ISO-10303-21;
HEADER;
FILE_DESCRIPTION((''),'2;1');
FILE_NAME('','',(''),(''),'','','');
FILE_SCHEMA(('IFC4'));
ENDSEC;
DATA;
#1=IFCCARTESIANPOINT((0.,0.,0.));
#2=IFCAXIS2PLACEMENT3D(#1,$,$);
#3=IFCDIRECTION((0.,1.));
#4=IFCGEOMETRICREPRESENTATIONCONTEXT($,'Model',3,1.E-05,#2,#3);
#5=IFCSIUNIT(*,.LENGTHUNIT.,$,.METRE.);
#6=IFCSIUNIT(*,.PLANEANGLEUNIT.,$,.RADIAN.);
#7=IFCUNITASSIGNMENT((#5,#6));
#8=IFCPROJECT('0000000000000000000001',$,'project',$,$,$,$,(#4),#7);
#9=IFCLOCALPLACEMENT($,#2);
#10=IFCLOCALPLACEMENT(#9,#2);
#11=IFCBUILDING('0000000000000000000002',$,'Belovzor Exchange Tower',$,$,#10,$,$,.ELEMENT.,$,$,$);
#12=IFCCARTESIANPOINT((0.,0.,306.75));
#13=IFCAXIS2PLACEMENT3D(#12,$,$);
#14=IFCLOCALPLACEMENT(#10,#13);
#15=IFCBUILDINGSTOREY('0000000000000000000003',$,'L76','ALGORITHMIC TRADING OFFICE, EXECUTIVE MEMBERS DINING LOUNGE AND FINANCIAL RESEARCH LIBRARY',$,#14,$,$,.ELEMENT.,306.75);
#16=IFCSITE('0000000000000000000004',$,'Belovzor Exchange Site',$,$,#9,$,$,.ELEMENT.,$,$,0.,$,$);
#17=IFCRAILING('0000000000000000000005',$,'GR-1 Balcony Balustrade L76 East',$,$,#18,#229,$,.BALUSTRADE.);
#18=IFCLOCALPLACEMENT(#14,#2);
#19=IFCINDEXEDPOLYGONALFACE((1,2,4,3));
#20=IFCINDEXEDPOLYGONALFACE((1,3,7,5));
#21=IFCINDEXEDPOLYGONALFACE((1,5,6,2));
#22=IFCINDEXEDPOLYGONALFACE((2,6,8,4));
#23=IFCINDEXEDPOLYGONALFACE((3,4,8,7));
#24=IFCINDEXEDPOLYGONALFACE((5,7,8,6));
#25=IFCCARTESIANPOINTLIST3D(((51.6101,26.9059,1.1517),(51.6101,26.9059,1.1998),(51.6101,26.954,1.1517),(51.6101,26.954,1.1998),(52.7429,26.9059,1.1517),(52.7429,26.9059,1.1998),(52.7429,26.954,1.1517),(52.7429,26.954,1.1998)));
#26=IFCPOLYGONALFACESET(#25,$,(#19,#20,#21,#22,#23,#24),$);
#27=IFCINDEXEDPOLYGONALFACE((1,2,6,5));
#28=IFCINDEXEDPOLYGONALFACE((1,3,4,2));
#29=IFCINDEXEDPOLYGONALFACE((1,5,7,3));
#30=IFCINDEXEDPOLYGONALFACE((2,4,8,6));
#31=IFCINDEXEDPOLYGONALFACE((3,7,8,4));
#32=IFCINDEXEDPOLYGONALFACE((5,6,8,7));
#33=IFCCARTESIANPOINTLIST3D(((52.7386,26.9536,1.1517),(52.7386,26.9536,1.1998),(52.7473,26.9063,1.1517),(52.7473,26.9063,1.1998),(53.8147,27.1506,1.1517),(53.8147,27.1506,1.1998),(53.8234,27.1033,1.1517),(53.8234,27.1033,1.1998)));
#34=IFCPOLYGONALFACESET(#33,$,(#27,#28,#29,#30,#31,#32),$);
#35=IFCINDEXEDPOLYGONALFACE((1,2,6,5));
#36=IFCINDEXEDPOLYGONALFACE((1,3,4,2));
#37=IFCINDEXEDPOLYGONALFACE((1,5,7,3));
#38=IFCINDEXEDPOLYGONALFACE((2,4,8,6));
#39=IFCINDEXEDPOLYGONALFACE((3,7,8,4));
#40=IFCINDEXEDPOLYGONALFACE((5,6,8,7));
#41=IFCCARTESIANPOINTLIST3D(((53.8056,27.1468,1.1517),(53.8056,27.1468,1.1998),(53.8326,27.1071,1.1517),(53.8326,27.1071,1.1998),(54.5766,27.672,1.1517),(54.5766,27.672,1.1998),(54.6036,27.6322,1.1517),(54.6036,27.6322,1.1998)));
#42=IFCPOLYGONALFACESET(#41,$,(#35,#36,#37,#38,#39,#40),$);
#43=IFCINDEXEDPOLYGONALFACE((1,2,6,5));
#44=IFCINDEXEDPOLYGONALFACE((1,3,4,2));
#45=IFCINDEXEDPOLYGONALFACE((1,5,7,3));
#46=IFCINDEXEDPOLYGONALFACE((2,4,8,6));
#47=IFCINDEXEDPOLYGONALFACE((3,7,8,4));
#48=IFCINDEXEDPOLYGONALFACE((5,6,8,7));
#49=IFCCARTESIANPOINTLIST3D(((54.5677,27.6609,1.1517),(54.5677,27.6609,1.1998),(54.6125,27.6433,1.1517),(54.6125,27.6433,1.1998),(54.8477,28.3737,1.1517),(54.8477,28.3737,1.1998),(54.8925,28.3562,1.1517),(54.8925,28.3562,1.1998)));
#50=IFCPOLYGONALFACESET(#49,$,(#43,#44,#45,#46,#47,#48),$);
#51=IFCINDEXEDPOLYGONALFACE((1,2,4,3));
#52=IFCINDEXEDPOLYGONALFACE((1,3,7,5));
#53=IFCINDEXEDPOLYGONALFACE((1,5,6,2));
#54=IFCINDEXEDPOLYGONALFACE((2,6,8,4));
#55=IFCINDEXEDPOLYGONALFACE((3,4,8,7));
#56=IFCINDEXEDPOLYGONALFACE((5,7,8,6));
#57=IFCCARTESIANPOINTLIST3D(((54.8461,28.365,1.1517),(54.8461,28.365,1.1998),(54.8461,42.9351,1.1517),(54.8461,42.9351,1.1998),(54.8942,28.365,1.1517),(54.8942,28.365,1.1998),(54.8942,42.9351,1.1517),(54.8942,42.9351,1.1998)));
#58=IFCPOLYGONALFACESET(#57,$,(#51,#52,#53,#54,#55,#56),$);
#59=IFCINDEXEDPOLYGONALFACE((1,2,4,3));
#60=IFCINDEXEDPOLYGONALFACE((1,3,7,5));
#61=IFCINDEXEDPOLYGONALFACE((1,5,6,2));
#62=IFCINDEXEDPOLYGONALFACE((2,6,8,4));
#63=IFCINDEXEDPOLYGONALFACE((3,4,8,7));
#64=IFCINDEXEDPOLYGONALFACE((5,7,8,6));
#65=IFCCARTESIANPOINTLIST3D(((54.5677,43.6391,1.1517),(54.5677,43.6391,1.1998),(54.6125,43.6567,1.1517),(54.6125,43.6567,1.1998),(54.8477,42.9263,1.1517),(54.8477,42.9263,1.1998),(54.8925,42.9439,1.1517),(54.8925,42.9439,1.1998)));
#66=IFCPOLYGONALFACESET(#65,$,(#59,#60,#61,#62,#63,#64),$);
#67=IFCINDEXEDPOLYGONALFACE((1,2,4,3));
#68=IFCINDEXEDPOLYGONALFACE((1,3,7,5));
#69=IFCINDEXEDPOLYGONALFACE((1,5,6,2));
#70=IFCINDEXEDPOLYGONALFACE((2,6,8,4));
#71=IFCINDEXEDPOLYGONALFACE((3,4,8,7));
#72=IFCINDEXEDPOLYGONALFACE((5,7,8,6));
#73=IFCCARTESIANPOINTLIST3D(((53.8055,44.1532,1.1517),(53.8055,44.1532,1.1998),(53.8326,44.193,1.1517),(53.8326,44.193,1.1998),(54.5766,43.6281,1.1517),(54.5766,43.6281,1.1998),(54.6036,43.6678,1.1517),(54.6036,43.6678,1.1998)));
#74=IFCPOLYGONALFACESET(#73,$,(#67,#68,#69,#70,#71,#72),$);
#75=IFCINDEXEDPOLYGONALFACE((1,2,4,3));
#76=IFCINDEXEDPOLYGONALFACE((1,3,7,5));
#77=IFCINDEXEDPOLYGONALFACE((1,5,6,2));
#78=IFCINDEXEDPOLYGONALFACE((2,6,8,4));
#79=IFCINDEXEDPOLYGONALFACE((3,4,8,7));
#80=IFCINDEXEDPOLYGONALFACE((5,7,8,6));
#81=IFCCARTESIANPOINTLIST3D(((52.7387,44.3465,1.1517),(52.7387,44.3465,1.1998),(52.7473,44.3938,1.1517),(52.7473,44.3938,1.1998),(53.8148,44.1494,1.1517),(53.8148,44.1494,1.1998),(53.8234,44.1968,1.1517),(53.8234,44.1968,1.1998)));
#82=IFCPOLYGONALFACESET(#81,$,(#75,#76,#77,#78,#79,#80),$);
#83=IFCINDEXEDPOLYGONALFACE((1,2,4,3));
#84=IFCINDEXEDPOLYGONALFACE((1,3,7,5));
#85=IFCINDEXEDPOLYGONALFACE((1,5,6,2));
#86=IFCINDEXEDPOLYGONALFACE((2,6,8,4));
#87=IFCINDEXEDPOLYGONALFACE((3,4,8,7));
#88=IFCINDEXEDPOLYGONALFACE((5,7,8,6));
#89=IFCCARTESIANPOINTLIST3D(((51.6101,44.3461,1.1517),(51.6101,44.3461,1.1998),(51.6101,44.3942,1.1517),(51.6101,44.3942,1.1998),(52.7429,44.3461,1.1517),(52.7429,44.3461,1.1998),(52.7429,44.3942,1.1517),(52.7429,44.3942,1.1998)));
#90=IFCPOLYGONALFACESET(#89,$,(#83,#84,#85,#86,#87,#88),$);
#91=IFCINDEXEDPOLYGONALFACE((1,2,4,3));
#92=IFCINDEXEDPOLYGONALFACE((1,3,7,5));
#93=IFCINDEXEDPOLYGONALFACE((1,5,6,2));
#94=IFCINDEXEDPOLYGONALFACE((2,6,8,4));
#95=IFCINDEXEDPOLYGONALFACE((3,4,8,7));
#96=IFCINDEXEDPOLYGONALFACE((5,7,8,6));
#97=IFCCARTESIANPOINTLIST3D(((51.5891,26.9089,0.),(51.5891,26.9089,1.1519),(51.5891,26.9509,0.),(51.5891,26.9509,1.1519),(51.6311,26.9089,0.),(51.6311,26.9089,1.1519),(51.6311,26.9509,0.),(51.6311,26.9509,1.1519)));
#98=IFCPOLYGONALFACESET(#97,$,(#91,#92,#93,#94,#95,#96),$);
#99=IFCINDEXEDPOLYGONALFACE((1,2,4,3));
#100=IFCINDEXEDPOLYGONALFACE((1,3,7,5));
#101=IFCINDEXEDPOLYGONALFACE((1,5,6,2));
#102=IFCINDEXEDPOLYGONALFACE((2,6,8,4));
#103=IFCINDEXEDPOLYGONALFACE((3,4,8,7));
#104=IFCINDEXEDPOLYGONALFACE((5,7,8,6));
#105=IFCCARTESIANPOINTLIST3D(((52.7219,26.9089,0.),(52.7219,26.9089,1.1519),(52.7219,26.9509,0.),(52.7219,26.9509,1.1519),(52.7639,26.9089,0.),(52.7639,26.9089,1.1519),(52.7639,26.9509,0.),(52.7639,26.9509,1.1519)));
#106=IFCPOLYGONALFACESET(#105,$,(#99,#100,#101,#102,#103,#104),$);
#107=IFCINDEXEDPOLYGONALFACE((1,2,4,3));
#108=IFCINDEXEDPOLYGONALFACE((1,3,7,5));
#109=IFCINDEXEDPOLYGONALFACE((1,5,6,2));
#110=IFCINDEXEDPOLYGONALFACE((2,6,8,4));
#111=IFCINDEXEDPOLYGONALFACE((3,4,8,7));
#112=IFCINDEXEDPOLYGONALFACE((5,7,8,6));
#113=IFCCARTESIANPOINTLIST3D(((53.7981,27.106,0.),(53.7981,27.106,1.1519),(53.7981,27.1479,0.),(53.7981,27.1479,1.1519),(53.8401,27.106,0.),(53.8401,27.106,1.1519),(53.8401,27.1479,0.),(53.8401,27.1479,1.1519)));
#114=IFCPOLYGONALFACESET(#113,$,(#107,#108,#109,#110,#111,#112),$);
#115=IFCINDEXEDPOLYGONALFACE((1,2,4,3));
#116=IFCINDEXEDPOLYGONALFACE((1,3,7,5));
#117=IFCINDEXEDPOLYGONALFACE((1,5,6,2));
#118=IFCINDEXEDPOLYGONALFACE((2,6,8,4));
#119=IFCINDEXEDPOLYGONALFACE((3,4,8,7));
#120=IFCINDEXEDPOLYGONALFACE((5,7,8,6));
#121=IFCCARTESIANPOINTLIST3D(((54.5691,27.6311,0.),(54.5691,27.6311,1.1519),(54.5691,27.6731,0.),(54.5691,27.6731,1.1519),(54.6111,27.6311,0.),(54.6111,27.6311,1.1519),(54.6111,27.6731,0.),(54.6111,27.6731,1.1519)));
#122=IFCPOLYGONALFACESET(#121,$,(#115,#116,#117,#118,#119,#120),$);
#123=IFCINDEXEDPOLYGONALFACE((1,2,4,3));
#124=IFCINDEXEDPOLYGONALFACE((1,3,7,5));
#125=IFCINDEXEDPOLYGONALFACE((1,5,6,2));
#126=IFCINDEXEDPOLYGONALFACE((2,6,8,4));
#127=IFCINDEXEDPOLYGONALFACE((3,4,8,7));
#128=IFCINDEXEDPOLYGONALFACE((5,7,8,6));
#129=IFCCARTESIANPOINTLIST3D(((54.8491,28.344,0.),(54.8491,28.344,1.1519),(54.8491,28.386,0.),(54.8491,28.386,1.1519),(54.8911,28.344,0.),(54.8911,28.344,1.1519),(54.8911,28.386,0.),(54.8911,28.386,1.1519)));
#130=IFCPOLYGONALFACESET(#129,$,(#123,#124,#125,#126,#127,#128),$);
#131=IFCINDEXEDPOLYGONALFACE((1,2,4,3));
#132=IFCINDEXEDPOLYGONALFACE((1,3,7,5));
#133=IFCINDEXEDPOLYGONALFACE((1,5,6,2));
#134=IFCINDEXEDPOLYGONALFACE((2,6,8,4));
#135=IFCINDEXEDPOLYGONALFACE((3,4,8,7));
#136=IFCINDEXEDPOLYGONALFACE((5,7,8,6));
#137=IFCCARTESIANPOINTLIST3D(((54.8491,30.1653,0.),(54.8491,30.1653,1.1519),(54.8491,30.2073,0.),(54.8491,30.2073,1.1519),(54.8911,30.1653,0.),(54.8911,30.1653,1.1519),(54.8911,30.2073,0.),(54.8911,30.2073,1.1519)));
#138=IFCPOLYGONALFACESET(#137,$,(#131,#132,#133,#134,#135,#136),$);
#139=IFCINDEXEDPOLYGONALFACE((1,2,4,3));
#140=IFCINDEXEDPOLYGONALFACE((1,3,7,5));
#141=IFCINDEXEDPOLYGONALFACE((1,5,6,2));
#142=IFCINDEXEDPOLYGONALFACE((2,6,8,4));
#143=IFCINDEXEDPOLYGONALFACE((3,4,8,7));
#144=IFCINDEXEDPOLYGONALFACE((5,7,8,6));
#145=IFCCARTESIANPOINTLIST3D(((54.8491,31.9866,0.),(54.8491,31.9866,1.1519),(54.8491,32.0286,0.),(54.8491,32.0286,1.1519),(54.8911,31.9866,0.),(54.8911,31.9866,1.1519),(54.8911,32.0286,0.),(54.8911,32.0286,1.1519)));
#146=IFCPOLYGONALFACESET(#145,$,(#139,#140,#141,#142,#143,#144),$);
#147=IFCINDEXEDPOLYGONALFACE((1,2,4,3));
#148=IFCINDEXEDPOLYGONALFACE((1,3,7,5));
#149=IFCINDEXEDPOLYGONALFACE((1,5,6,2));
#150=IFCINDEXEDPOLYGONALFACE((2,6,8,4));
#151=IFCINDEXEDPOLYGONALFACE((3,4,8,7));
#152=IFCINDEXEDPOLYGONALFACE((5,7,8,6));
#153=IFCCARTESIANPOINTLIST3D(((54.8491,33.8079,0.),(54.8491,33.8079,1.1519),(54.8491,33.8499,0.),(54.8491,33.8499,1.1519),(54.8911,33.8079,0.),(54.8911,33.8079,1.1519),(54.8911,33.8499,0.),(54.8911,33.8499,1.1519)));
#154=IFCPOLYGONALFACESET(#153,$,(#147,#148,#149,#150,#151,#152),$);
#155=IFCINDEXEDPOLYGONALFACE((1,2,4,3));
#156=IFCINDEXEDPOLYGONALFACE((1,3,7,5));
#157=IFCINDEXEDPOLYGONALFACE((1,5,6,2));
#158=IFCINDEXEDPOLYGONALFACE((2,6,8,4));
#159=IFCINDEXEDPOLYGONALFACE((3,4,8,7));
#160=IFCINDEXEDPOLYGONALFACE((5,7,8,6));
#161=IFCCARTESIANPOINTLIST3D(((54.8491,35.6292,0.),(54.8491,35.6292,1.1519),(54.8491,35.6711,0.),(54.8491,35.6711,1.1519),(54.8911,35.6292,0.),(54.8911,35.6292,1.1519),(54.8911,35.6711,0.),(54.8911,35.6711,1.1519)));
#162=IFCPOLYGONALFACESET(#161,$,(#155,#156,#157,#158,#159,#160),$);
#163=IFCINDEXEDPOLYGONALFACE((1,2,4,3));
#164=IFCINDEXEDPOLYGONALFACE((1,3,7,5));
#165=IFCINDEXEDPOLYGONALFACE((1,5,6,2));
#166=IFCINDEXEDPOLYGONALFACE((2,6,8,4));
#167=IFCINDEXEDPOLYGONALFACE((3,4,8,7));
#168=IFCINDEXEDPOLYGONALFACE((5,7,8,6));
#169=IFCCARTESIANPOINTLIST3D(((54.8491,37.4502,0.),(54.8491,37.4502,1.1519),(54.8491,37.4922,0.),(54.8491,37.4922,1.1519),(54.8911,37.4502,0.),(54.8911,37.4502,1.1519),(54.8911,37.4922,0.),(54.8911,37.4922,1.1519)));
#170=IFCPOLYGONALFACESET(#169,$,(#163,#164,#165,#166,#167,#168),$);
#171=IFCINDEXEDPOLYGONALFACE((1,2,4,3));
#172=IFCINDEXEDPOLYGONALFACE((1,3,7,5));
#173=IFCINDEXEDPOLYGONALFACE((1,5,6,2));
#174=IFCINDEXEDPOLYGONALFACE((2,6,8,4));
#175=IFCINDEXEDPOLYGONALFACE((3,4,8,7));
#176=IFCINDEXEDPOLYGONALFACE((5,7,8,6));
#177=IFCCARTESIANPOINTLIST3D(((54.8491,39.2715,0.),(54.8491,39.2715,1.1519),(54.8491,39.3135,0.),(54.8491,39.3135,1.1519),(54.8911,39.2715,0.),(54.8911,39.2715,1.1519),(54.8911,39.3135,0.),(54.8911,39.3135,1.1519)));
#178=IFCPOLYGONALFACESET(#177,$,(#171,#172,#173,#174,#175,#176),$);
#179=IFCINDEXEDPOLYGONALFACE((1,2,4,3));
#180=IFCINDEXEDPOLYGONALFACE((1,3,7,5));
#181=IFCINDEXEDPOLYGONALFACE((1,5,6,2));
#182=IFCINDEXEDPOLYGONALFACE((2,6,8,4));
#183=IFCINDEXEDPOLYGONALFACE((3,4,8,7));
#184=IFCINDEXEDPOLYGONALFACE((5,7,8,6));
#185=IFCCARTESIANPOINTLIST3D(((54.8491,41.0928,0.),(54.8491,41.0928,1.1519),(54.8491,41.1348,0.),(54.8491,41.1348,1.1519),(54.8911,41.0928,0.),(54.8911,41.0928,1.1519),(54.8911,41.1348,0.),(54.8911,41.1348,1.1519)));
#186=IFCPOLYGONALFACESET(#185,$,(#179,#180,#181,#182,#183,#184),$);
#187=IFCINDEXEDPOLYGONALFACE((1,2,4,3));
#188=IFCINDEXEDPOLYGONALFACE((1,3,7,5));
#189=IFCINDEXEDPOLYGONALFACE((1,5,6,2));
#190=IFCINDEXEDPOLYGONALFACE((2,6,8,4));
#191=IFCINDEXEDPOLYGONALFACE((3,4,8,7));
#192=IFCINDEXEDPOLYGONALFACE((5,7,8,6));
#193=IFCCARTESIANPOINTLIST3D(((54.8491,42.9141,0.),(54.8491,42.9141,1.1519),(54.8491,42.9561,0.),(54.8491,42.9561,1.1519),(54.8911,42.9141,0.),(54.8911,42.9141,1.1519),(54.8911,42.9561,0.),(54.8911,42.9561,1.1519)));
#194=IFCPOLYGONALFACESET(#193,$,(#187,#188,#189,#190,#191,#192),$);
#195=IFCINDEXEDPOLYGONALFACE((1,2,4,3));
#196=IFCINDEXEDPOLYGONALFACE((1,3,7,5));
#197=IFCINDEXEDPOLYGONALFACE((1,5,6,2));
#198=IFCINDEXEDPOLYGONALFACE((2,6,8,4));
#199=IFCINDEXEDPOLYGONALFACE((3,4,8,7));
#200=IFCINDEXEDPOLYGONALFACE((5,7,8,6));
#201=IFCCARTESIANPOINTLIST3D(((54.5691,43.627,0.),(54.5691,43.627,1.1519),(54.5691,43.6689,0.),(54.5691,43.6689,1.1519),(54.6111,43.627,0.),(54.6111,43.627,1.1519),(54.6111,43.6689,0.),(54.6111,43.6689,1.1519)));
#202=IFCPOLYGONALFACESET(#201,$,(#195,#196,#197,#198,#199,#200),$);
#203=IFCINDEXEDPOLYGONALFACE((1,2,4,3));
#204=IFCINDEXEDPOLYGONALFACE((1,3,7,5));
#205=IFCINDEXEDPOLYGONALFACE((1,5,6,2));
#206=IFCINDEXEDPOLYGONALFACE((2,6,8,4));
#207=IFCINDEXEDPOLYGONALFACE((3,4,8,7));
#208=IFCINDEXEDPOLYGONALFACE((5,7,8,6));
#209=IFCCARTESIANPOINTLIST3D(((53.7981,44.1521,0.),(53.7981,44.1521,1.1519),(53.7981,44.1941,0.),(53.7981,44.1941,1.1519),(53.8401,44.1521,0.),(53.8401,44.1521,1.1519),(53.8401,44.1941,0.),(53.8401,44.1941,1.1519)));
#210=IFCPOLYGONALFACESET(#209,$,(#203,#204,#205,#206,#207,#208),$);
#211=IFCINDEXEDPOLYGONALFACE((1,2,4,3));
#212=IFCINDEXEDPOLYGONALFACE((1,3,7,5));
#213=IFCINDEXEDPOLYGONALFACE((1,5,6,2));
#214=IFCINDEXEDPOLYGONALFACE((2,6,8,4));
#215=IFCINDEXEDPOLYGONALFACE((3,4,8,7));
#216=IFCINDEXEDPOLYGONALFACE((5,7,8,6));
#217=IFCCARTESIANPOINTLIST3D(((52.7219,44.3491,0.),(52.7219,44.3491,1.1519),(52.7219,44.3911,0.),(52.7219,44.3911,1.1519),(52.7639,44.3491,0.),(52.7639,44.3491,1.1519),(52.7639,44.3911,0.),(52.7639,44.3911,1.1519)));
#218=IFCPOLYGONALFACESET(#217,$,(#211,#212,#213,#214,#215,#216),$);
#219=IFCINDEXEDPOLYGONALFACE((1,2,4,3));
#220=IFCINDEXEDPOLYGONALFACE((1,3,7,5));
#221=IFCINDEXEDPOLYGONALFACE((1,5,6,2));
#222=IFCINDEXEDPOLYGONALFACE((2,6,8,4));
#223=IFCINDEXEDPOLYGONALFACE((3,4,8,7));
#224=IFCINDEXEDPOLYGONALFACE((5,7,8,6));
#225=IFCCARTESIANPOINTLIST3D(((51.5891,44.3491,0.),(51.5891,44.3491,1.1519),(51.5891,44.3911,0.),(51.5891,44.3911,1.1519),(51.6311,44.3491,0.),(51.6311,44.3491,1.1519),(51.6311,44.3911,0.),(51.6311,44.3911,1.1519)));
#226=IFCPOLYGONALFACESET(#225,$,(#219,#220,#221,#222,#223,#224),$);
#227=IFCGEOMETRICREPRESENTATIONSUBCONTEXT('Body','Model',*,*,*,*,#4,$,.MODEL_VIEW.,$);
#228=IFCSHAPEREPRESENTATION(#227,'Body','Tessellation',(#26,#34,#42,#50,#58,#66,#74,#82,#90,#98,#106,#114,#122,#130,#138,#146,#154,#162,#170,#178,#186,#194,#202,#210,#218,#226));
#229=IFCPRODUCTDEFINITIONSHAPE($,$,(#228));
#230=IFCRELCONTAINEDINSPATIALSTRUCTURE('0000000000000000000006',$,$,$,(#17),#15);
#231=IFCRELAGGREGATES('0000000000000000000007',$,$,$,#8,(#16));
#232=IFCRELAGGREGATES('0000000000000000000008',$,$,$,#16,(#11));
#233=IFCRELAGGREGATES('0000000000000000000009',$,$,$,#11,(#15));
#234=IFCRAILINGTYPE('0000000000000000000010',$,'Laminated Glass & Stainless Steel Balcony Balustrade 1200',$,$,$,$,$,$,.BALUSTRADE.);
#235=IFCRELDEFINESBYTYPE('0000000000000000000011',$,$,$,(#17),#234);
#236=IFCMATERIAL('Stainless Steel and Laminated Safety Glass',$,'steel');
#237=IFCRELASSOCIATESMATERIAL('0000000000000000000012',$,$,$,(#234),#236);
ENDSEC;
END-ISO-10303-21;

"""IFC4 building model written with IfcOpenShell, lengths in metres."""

from ifc_helpers import new_model, si_unit, direction, frame, origin, origin_2d, place, context, subcontext, project, spatial, rectangle, extrude, material, type_object, element, save


model = new_model("IFC4")

# Units and contexts
model_context = context("Model", 3, precision=1e-05, world=origin(), true_north=direction((0.0, 1.0)))
body_context = subcontext(model_context, "Body", "Model", "MODEL_VIEW")
ifc_project = project(units=[si_unit("LENGTHUNIT", "METRE"), si_unit("PLANEANGLEUNIT", "RADIAN")], contexts=[model_context])

# Site, building, storey
site_placement = place(None, origin())
site = spatial("IfcSite", under=ifc_project, at=site_placement, Name="Belovzor Exchange Site", CompositionType="ELEMENT", RefElevation=0.0)
building_placement = place(site_placement, origin())
building = spatial("IfcBuilding", under=site, at=building_placement, Name="Belovzor Exchange Tower", CompositionType="ELEMENT")
storey_placement = place(building_placement, frame((0.0, 0.0, 306.75)))
storey = spatial("IfcBuildingStorey", under=building, at=storey_placement, Name="L76", Description="ALGORITHMIC TRADING OFFICE, EXECUTIVE MEMBERS DINING LOUNGE AND FINANCIAL RESEARCH LIBRARY", CompositionType="ELEMENT", Elevation=306.75)

# Railing
ifc_material_1 = material(Name="Stainless Steel and Laminated Safety Glass", Category="steel")
railing_type = type_object("IfcRailingType", Name="Laminated Glass & Stainless Steel Balcony Balustrade 1200", PredefinedType="BALUSTRADE", material=ifc_material_1)
railing_placement = place(storey_placement, frame((51.6101, 26.9299, 0.0)))
element("IfcRailing", 1, at=railing_placement, inside=storey, type_object=railing_type, Name="GR-1 Balcony Balustrade L76 East", PredefinedType="BALUSTRADE", context=body_context, shape_type="SweptSolid", body=[
    extrude(rectangle(XDim=0.0481, YDim=0.0481, at=origin_2d()), frame((0.0, 0.0, 1.1758), z_axis=(1.0, 0.0, 0.0), x_axis=(0.0, 1.0, 0.0)), (0.0, 0.0, 1.0), 1.1328),
    extrude(rectangle(XDim=0.0481, YDim=0.0481, at=origin_2d()), frame((1.1328, 0.0, 1.1758), z_axis=(0.983651, 0.180083, 0.0), x_axis=(-0.180083, 0.983651, 0.0)), (0.0, 0.0, 1.0), 1.094),
    extrude(rectangle(XDim=0.0481, YDim=0.0481, at=origin_2d()), frame((2.209, 0.197, 1.1758), z_axis=(0.826493, 0.562947, 0.0), x_axis=(-0.562947, 0.826493, 0.0)), (0.0, 0.0, 1.0), 0.9329),
    extrude(rectangle(XDim=0.0481, YDim=0.0481, at=origin_2d()), frame((2.98, 0.7222, 1.1758), z_axis=(0.365613, 0.930767, 0.0), x_axis=(-0.930767, 0.365613, 0.0)), (0.0, 0.0, 1.0), 0.7659),
    extrude(rectangle(XDim=0.0481, YDim=0.0481, at=origin_2d()), frame((3.26, 1.4351, 1.1758), z_axis=(0.0, 1.0, 0.0), x_axis=(-1.0, 0.0, 0.0)), (0.0, 0.0, 1.0), 14.5701),
    extrude(rectangle(XDim=0.0481, YDim=0.0481, at=origin_2d()), frame((3.26, 16.0051, 1.1758), z_axis=(-0.365613, 0.930767, 0.0), x_axis=(-0.930767, -0.365613, 0.0)), (0.0, 0.0, 1.0), 0.7659),
    extrude(rectangle(XDim=0.0481, YDim=0.0481, at=origin_2d()), frame((2.98, 16.718, 1.1758), z_axis=(-0.826493, 0.562947, 0.0), x_axis=(-0.562947, -0.826493, 0.0)), (0.0, 0.0, 1.0), 0.9329),
    extrude(rectangle(XDim=0.0481, YDim=0.0481, at=origin_2d()), frame((2.209, 17.2432, 1.1758), z_axis=(-0.983651, 0.180083, 0.0), x_axis=(-0.180083, -0.983651, 0.0)), (0.0, 0.0, 1.0), 1.094),
    extrude(rectangle(XDim=0.0481, YDim=0.0481, at=origin_2d()), frame((1.1328, 17.4402, 1.1758), z_axis=(-1.0, 0.0, 0.0), x_axis=(0.0, -1.0, 0.0)), (0.0, 0.0, 1.0), 1.1328),
    extrude(rectangle(XDim=0.042, YDim=0.042, at=origin_2d()), origin(), (0.0, 0.0, 1.0), 1.1519),
    extrude(rectangle(XDim=0.042, YDim=0.042, at=origin_2d()), frame((1.1328, 0.0, 0.0)), (0.0, 0.0, 1.0), 1.1519),
    extrude(rectangle(XDim=0.042, YDim=0.042, at=origin_2d()), frame((2.209, 0.197, 0.0)), (0.0, 0.0, 1.0), 1.1519),
    extrude(rectangle(XDim=0.042, YDim=0.042, at=origin_2d()), frame((2.98, 0.7222, 0.0)), (0.0, 0.0, 1.0), 1.1519),
    extrude(rectangle(XDim=0.042, YDim=0.042, at=origin_2d()), frame((3.26, 1.4351, 0.0)), (0.0, 0.0, 1.0), 1.1519),
    extrude(rectangle(XDim=0.042, YDim=0.042, at=origin_2d()), frame((3.26, 3.2563, 0.0)), (0.0, 0.0, 1.0), 1.1519),
    extrude(rectangle(XDim=0.042, YDim=0.042, at=origin_2d()), frame((3.26, 5.0776, 0.0)), (0.0, 0.0, 1.0), 1.1519),
    extrude(rectangle(XDim=0.042, YDim=0.042, at=origin_2d()), frame((3.26, 6.8989, 0.0)), (0.0, 0.0, 1.0), 1.1519),
    extrude(rectangle(XDim=0.042, YDim=0.042, at=origin_2d()), frame((3.26, 8.7202, 0.0)), (0.0, 0.0, 1.0), 1.1519),
    extrude(rectangle(XDim=0.042, YDim=0.042, at=origin_2d()), frame((3.26, 10.5413, 0.0)), (0.0, 0.0, 1.0), 1.1519),
    extrude(rectangle(XDim=0.042, YDim=0.042, at=origin_2d()), frame((3.26, 12.3625, 0.0)), (0.0, 0.0, 1.0), 1.1519),
    extrude(rectangle(XDim=0.042, YDim=0.042, at=origin_2d()), frame((3.26, 14.1838, 0.0)), (0.0, 0.0, 1.0), 1.1519),
    extrude(rectangle(XDim=0.042, YDim=0.042, at=origin_2d()), frame((3.26, 16.0051, 0.0)), (0.0, 0.0, 1.0), 1.1519),
    extrude(rectangle(XDim=0.042, YDim=0.042, at=origin_2d()), frame((2.98, 16.718, 0.0)), (0.0, 0.0, 1.0), 1.1519),
    extrude(rectangle(XDim=0.042, YDim=0.042, at=origin_2d()), frame((2.209, 17.2432, 0.0)), (0.0, 0.0, 1.0), 1.1519),
    extrude(rectangle(XDim=0.042, YDim=0.042, at=origin_2d()), frame((1.1328, 17.4402, 0.0)), (0.0, 0.0, 1.0), 1.1519),
    extrude(rectangle(XDim=0.042, YDim=0.042, at=origin_2d()), frame((0.0, 17.4402, 0.0)), (0.0, 0.0, 1.0), 1.1519),
])

save(model, "model.ifc")
